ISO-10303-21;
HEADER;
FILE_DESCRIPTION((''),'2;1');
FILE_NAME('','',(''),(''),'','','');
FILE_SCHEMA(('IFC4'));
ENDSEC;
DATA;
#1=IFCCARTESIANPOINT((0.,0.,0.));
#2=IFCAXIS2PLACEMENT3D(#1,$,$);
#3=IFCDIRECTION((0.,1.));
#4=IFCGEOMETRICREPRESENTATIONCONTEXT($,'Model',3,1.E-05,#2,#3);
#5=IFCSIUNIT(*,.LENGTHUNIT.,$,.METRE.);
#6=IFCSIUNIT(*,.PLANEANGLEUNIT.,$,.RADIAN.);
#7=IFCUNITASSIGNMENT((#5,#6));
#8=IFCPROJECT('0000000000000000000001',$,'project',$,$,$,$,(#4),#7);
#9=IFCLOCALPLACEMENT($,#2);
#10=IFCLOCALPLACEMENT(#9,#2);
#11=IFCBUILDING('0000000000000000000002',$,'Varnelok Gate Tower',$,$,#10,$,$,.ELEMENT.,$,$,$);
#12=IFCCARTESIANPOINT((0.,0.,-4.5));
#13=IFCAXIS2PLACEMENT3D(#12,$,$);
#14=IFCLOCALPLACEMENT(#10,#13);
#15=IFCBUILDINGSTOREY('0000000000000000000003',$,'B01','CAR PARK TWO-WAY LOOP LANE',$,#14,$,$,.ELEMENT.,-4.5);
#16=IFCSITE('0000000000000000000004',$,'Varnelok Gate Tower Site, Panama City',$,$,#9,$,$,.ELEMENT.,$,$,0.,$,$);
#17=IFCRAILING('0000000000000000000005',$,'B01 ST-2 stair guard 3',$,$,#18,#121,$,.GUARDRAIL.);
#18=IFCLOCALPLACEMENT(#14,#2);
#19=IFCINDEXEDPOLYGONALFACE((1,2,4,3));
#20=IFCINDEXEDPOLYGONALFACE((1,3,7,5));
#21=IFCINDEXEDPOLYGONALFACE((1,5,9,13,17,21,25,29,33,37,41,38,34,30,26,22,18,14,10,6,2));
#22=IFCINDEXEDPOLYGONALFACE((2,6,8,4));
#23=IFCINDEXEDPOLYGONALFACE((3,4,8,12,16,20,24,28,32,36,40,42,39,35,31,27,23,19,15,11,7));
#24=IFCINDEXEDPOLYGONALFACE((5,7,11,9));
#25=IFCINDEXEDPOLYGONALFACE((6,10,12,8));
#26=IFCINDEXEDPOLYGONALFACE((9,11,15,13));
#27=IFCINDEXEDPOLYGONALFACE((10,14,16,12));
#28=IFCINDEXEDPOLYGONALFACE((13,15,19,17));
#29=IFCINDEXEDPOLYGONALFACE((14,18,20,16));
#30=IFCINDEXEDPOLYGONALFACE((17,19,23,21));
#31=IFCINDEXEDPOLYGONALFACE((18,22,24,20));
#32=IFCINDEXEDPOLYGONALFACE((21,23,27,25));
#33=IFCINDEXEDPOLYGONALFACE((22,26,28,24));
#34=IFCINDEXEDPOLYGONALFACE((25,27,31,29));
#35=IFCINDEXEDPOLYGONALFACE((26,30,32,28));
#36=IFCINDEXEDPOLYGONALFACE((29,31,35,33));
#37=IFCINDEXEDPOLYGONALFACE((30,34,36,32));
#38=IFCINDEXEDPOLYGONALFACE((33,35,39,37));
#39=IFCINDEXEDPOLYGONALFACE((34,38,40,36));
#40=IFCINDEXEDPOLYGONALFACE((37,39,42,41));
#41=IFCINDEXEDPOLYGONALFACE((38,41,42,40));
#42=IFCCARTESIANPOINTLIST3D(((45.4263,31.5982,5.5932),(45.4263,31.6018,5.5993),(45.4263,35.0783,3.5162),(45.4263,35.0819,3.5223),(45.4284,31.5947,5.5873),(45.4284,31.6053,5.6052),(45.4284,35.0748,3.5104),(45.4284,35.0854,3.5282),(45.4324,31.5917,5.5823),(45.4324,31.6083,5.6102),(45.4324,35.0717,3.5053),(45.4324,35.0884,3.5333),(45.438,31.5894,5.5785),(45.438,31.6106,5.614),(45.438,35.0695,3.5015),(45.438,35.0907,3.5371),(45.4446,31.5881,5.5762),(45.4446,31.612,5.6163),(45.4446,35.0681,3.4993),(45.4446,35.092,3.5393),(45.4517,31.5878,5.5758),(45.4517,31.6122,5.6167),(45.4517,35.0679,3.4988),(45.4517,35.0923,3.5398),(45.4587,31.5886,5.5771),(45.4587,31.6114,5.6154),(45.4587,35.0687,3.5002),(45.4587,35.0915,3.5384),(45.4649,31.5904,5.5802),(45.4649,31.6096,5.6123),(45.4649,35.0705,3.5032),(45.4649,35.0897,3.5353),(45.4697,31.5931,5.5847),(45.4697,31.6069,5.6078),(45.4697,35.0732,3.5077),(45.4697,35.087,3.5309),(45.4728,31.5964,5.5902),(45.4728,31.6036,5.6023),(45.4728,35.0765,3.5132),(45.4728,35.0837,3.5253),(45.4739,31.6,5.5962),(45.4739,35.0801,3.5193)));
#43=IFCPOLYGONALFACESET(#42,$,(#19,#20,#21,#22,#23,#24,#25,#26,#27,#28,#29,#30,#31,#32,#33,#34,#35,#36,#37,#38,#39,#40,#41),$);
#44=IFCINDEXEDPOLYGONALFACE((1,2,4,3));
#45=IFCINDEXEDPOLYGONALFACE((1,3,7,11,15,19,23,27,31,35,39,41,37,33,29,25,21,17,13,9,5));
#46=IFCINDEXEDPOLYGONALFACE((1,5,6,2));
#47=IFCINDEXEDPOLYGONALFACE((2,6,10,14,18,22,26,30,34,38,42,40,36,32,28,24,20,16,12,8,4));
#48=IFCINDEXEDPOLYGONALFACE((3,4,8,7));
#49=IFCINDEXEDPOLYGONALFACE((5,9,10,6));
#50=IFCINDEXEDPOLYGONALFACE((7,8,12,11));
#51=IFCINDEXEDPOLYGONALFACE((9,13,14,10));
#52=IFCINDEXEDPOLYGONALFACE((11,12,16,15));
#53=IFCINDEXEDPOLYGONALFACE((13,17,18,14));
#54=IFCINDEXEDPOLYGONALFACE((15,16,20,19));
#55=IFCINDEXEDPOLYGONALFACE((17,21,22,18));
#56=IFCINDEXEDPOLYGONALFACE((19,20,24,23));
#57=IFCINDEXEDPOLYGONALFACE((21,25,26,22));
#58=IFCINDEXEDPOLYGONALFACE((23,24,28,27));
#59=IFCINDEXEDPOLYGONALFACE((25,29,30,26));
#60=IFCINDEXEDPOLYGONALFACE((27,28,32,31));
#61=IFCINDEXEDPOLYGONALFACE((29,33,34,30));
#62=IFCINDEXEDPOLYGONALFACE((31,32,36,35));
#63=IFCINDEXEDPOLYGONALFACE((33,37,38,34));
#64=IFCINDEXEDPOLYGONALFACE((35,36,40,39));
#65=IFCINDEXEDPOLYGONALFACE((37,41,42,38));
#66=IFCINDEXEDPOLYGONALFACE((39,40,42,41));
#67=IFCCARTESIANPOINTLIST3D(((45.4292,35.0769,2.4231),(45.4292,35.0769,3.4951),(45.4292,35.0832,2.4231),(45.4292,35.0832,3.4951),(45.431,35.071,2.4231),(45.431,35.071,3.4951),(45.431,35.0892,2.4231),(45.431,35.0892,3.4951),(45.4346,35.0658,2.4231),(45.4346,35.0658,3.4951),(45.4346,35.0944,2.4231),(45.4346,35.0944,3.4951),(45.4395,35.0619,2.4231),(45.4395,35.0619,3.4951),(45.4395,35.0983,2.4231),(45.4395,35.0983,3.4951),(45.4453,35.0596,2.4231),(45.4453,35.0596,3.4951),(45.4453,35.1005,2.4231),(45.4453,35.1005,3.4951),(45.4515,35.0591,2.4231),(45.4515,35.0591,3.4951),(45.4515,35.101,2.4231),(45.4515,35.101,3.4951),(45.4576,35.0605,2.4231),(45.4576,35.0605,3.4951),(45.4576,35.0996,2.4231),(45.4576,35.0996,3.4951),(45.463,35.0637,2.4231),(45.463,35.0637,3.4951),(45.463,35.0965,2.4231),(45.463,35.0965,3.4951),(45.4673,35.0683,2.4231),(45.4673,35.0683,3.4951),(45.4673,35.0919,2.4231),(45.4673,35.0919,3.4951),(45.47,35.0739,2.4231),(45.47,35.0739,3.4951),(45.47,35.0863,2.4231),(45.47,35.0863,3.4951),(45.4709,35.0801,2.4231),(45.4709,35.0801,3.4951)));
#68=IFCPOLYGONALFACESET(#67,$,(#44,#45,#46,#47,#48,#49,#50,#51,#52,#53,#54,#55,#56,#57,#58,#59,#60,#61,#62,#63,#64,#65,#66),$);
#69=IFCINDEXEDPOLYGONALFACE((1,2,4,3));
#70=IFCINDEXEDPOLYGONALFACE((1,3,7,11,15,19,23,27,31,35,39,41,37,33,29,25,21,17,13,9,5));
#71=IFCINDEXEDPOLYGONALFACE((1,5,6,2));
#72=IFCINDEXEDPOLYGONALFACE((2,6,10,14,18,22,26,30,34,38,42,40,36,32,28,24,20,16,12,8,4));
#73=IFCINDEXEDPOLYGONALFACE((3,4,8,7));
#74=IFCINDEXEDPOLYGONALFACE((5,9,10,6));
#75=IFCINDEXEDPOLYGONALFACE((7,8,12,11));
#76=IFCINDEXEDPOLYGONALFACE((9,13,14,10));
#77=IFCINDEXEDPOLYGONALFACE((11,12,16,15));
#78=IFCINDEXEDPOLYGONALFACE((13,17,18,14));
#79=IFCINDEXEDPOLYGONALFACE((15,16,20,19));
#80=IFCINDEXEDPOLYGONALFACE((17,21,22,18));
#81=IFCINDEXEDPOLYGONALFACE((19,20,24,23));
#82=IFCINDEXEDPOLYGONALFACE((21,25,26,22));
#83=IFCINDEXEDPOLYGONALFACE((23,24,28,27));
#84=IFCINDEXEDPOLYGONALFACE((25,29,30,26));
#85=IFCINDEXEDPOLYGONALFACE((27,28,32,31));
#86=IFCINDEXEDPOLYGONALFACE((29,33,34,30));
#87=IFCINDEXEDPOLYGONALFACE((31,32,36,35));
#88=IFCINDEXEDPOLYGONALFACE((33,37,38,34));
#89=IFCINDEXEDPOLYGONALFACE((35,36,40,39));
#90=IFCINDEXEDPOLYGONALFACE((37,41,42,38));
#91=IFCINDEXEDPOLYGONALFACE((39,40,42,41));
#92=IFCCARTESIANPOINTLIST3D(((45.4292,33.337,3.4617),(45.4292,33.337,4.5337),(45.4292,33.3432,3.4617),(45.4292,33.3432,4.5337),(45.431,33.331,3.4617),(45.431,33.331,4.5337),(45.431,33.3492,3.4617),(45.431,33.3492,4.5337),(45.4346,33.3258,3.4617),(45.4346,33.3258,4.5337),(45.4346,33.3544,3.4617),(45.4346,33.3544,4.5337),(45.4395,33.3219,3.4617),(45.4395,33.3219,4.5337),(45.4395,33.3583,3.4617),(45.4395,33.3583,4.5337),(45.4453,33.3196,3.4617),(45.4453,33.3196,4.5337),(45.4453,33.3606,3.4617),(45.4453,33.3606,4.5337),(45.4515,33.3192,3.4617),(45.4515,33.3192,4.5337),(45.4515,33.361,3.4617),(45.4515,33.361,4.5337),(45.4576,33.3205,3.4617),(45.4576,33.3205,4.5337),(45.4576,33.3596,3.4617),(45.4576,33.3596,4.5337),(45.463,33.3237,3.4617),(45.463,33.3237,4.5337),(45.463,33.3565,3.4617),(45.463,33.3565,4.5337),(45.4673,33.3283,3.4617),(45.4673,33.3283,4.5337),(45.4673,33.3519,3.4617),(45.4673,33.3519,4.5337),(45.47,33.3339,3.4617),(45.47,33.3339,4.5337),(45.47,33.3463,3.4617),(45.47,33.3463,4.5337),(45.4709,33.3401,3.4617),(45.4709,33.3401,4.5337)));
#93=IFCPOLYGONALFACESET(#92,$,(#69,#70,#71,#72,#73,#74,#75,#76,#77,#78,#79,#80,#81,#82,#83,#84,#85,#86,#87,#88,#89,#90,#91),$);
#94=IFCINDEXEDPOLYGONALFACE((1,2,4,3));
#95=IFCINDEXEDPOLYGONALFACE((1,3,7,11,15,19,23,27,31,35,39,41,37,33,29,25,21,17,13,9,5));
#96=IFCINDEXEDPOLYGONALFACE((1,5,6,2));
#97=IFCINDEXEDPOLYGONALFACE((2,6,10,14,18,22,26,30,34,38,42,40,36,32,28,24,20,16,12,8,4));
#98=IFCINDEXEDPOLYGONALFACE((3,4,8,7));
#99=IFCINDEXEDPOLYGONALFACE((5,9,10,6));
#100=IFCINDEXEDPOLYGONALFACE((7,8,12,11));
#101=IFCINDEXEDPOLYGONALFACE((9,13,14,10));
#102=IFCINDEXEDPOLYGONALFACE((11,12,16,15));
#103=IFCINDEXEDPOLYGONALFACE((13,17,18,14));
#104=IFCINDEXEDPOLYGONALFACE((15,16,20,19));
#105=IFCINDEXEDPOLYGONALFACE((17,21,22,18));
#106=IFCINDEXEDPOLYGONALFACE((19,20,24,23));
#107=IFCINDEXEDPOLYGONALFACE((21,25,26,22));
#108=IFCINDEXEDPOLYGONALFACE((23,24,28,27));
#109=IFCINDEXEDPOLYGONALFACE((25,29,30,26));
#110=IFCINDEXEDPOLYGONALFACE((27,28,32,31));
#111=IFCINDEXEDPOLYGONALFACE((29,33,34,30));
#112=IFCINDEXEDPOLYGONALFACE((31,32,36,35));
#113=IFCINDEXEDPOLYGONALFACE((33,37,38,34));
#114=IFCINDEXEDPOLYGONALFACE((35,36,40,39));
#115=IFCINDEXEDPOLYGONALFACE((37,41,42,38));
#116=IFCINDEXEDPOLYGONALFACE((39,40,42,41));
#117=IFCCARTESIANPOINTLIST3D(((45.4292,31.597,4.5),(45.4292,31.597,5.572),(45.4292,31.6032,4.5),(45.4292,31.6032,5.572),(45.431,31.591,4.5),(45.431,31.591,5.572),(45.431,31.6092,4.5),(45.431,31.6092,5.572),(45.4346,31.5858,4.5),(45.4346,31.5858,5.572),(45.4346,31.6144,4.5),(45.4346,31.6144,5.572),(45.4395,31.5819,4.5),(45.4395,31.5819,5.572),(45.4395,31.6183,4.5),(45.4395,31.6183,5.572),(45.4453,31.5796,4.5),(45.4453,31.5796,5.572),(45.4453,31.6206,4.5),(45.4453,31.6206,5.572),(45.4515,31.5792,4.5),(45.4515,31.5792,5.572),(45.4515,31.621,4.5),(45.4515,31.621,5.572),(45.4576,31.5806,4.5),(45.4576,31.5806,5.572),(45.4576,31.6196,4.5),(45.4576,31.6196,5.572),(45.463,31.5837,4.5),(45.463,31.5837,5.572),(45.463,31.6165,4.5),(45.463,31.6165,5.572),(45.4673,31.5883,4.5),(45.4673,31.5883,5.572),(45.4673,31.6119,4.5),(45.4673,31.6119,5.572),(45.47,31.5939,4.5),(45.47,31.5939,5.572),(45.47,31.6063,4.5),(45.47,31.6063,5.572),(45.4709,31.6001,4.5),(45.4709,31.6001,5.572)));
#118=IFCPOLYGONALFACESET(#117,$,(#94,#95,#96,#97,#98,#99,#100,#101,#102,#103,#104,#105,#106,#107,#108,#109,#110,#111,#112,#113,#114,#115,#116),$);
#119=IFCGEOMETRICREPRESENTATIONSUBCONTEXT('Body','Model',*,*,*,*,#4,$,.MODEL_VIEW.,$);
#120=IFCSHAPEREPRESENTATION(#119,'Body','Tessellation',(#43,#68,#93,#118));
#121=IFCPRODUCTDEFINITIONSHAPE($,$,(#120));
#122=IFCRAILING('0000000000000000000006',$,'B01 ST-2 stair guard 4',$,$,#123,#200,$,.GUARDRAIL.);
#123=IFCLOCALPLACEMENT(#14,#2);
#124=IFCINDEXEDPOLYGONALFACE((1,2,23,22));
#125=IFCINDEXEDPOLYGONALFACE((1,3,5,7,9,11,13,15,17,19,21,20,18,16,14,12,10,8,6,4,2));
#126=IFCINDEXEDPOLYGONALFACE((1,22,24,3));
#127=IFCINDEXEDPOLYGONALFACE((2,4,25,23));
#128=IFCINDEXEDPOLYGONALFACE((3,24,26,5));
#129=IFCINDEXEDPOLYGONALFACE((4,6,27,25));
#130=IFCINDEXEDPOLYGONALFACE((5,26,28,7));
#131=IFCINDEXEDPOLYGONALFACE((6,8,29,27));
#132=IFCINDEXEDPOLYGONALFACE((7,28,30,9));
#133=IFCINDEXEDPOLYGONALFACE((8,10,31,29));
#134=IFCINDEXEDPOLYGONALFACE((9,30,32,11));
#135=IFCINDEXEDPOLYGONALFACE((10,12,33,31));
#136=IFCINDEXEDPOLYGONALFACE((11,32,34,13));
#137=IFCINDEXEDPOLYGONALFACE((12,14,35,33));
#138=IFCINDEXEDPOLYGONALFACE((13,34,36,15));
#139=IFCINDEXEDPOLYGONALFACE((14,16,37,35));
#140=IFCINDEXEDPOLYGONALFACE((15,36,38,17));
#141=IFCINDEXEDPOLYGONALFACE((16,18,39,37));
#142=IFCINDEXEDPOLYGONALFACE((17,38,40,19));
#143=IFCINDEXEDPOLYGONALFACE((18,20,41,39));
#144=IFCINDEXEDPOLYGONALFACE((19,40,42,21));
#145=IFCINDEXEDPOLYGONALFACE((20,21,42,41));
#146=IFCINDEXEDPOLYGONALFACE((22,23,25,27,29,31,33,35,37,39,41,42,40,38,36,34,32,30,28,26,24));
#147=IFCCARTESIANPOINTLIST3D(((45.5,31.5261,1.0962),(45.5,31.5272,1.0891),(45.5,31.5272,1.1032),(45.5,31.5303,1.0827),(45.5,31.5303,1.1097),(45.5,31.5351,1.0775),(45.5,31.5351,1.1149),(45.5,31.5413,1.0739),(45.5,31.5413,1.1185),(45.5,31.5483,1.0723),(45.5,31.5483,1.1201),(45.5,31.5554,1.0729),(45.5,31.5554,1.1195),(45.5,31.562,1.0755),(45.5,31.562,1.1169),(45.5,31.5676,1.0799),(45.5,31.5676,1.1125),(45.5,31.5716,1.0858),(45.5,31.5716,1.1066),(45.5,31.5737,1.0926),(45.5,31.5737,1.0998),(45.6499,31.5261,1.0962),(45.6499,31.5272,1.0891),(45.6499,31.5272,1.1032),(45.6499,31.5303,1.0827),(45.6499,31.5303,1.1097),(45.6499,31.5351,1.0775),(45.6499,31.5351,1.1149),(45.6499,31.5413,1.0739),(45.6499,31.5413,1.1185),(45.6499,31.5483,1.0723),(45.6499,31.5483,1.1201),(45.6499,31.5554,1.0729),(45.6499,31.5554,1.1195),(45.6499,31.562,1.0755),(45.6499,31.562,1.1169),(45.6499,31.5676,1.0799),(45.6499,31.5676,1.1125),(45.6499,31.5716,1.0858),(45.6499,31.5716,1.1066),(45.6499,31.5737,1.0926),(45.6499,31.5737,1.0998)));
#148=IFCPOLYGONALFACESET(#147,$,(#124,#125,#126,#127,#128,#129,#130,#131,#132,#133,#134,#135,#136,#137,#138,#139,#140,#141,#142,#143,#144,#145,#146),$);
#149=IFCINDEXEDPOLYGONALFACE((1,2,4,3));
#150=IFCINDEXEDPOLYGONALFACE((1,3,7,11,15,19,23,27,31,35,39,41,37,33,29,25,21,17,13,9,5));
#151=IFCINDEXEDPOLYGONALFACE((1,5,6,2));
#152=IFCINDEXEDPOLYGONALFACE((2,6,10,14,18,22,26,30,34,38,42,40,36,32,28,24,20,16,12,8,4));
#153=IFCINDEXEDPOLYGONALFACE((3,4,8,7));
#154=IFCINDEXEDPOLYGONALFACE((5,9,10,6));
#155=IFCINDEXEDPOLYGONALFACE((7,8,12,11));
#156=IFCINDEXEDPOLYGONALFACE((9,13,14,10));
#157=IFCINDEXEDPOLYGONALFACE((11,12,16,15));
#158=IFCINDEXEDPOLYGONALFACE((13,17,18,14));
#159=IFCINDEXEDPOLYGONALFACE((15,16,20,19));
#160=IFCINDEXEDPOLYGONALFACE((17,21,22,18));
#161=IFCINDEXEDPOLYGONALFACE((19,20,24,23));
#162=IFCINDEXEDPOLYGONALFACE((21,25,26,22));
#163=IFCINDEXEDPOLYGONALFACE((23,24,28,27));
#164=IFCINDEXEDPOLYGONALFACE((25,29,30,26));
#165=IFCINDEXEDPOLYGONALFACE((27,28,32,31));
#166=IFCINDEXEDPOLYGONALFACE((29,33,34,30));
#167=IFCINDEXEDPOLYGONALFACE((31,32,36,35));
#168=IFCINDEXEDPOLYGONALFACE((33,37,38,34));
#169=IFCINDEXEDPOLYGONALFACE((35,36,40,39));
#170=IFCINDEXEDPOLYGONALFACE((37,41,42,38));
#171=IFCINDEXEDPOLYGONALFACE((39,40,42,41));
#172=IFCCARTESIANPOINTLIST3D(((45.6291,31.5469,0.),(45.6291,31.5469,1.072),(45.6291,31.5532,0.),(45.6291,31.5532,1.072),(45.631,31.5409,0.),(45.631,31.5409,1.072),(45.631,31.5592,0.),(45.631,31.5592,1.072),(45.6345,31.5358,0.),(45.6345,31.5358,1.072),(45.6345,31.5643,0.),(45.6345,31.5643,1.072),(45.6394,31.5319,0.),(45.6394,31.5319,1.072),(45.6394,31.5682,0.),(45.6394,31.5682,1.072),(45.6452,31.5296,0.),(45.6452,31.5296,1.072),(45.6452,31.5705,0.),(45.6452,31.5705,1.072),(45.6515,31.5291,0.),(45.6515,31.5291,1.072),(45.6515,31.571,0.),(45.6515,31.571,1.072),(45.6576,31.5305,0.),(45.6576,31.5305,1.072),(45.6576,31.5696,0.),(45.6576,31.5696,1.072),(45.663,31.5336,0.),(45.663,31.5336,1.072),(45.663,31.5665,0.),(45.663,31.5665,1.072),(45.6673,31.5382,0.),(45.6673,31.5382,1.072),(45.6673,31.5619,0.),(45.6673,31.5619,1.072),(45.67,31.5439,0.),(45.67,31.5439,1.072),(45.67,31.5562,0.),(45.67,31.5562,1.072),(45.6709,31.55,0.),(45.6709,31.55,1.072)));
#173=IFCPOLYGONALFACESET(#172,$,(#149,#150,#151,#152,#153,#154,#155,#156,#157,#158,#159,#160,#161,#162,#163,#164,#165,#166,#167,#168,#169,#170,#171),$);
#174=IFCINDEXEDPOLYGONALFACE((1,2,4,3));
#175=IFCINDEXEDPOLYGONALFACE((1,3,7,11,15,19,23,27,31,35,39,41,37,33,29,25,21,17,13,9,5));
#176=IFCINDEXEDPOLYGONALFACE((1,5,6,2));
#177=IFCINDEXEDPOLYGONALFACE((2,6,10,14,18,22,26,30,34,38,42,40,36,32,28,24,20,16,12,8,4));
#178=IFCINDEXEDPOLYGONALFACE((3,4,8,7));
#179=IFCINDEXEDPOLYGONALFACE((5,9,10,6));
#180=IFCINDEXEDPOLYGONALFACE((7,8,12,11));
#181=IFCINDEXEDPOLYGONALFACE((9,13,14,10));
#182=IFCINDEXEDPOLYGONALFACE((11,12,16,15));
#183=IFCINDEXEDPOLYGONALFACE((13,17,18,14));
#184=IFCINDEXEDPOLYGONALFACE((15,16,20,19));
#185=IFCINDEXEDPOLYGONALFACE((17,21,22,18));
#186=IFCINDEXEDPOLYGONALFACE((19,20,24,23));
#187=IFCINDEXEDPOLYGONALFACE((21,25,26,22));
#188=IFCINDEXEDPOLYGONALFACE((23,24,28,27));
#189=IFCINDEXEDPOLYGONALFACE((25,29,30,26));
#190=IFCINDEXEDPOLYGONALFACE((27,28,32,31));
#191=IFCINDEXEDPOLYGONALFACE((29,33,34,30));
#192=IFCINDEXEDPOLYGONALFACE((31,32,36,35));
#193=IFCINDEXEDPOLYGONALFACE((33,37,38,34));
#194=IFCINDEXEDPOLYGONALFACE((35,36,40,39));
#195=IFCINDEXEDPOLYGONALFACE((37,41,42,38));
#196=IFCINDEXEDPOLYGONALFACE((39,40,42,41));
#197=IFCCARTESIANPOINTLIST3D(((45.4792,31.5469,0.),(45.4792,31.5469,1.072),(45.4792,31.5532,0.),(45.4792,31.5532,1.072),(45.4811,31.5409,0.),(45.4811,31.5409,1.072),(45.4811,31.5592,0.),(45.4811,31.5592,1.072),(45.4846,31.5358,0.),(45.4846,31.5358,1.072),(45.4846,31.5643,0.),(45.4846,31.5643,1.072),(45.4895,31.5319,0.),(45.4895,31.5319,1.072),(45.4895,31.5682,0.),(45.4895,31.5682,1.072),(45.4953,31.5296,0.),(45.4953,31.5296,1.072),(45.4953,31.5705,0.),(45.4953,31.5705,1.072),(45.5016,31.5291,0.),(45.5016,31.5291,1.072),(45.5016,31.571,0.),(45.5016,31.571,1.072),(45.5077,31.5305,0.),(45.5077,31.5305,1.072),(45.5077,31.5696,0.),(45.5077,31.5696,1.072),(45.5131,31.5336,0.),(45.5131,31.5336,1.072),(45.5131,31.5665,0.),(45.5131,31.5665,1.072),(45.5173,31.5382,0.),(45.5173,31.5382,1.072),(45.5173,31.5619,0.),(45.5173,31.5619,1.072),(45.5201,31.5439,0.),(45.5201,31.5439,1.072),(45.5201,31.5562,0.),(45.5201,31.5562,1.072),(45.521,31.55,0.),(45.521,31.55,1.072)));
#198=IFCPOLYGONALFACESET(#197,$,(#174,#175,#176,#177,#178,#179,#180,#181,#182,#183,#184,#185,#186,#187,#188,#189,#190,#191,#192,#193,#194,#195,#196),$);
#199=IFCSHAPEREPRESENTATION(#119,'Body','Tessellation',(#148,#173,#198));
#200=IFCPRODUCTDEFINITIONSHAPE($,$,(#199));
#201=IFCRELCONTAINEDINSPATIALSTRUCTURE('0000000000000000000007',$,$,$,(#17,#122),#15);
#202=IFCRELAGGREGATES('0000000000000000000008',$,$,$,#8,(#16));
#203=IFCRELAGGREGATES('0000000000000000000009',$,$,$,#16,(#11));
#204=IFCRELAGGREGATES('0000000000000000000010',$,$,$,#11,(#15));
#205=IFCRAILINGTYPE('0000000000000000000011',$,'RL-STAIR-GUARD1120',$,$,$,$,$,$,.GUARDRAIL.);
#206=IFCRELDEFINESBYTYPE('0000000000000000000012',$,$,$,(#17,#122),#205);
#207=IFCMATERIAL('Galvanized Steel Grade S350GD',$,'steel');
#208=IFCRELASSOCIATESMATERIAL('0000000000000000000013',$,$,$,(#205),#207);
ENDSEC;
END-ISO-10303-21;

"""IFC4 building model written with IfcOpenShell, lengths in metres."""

from ifc_helpers import new_model, si_unit, direction, frame, origin, origin_2d, place, context, subcontext, project, spatial, circle, extrude, material, type_object, element, save


model = new_model("IFC4")

# Units and contexts
model_context = context("Model", 3, precision=1e-05, world=origin(), true_north=direction((0.0, 1.0)))
body_context = subcontext(model_context, "Body", "Model", "MODEL_VIEW")
ifc_project = project(units=[si_unit("LENGTHUNIT", "METRE"), si_unit("PLANEANGLEUNIT", "RADIAN")], contexts=[model_context])

# Site, building, storey
site_placement = place(None, origin())
site = spatial("IfcSite", under=ifc_project, at=site_placement, Name="Varnelok Gate Tower Site, Panama City", CompositionType="ELEMENT", RefElevation=0.0)
building_placement = place(site_placement, origin())
building = spatial("IfcBuilding", under=site, at=building_placement, Name="Varnelok Gate Tower", CompositionType="ELEMENT")
storey_placement = place(building_placement, frame((0.0, 0.0, -4.5)))
storey = spatial("IfcBuildingStorey", under=building, at=storey_placement, Name="B01", Description="CAR PARK TWO-WAY LOOP LANE", CompositionType="ELEMENT", Elevation=-4.5)

# Shared definitions
ifc_material_1 = material(Name="Galvanized Steel Grade S350GD", Category="steel")

# Railings
railing_type_1 = type_object("IfcRailingType", Name="RL-STAIR-GUARD1120", PredefinedType="GUARDRAIL", material=ifc_material_1)
railing_1_placement = place(storey_placement, frame((45.45, 35.0801, 2.4231)))
element("IfcRailing", 1, at=railing_1_placement, inside=storey, type_object=railing_type_1, Name="B01 ST-2 stair guard 3", PredefinedType="GUARDRAIL", context=body_context, shape_type="SweptSolid", body=[
    extrude(circle(Radius=0.0239, at=origin_2d()), frame((0.0, 0.0, 1.0962), z_axis=(0.0, -0.858697, 0.512483), x_axis=(1.0, 0.0, 0.0)), (0.0, 0.0, 1.0), 4.0527),
    extrude(circle(Radius=0.021, at=origin_2d()), origin(), (0.0, 0.0, 1.0), 1.072),
    extrude(circle(Radius=0.021, at=origin_2d()), frame((0.0, -1.74, 1.0386)), (0.0, 0.0, 1.0), 1.072),
    extrude(circle(Radius=0.021, at=origin_2d()), frame((0.0, -3.48, 2.0769)), (0.0, 0.0, 1.0), 1.072),
])
railing_2_placement = place(storey_placement, frame((45.6499, 31.55, 0.0)))
element("IfcRailing", 2, at=railing_2_placement, inside=storey, type_object=railing_type_1, Name="B01 ST-2 stair guard 4", PredefinedType="GUARDRAIL", context=body_context, shape_type="SweptSolid", body=[
    extrude(circle(Radius=0.0239, at=origin_2d()), frame((0.0, 0.0, 1.0962), z_axis=(-1.0, 0.0, 0.0), x_axis=(0.0, -1.0, 0.0)), (0.0, 0.0, 1.0), 0.1499),
    extrude(circle(Radius=0.021, at=origin_2d()), origin(), (0.0, 0.0, 1.0), 1.072),
    extrude(circle(Radius=0.021, at=origin_2d()), frame((-0.1499, 0.0, 0.0)), (0.0, 0.0, 1.0), 1.072),
])

save(model, "model.ifc")
